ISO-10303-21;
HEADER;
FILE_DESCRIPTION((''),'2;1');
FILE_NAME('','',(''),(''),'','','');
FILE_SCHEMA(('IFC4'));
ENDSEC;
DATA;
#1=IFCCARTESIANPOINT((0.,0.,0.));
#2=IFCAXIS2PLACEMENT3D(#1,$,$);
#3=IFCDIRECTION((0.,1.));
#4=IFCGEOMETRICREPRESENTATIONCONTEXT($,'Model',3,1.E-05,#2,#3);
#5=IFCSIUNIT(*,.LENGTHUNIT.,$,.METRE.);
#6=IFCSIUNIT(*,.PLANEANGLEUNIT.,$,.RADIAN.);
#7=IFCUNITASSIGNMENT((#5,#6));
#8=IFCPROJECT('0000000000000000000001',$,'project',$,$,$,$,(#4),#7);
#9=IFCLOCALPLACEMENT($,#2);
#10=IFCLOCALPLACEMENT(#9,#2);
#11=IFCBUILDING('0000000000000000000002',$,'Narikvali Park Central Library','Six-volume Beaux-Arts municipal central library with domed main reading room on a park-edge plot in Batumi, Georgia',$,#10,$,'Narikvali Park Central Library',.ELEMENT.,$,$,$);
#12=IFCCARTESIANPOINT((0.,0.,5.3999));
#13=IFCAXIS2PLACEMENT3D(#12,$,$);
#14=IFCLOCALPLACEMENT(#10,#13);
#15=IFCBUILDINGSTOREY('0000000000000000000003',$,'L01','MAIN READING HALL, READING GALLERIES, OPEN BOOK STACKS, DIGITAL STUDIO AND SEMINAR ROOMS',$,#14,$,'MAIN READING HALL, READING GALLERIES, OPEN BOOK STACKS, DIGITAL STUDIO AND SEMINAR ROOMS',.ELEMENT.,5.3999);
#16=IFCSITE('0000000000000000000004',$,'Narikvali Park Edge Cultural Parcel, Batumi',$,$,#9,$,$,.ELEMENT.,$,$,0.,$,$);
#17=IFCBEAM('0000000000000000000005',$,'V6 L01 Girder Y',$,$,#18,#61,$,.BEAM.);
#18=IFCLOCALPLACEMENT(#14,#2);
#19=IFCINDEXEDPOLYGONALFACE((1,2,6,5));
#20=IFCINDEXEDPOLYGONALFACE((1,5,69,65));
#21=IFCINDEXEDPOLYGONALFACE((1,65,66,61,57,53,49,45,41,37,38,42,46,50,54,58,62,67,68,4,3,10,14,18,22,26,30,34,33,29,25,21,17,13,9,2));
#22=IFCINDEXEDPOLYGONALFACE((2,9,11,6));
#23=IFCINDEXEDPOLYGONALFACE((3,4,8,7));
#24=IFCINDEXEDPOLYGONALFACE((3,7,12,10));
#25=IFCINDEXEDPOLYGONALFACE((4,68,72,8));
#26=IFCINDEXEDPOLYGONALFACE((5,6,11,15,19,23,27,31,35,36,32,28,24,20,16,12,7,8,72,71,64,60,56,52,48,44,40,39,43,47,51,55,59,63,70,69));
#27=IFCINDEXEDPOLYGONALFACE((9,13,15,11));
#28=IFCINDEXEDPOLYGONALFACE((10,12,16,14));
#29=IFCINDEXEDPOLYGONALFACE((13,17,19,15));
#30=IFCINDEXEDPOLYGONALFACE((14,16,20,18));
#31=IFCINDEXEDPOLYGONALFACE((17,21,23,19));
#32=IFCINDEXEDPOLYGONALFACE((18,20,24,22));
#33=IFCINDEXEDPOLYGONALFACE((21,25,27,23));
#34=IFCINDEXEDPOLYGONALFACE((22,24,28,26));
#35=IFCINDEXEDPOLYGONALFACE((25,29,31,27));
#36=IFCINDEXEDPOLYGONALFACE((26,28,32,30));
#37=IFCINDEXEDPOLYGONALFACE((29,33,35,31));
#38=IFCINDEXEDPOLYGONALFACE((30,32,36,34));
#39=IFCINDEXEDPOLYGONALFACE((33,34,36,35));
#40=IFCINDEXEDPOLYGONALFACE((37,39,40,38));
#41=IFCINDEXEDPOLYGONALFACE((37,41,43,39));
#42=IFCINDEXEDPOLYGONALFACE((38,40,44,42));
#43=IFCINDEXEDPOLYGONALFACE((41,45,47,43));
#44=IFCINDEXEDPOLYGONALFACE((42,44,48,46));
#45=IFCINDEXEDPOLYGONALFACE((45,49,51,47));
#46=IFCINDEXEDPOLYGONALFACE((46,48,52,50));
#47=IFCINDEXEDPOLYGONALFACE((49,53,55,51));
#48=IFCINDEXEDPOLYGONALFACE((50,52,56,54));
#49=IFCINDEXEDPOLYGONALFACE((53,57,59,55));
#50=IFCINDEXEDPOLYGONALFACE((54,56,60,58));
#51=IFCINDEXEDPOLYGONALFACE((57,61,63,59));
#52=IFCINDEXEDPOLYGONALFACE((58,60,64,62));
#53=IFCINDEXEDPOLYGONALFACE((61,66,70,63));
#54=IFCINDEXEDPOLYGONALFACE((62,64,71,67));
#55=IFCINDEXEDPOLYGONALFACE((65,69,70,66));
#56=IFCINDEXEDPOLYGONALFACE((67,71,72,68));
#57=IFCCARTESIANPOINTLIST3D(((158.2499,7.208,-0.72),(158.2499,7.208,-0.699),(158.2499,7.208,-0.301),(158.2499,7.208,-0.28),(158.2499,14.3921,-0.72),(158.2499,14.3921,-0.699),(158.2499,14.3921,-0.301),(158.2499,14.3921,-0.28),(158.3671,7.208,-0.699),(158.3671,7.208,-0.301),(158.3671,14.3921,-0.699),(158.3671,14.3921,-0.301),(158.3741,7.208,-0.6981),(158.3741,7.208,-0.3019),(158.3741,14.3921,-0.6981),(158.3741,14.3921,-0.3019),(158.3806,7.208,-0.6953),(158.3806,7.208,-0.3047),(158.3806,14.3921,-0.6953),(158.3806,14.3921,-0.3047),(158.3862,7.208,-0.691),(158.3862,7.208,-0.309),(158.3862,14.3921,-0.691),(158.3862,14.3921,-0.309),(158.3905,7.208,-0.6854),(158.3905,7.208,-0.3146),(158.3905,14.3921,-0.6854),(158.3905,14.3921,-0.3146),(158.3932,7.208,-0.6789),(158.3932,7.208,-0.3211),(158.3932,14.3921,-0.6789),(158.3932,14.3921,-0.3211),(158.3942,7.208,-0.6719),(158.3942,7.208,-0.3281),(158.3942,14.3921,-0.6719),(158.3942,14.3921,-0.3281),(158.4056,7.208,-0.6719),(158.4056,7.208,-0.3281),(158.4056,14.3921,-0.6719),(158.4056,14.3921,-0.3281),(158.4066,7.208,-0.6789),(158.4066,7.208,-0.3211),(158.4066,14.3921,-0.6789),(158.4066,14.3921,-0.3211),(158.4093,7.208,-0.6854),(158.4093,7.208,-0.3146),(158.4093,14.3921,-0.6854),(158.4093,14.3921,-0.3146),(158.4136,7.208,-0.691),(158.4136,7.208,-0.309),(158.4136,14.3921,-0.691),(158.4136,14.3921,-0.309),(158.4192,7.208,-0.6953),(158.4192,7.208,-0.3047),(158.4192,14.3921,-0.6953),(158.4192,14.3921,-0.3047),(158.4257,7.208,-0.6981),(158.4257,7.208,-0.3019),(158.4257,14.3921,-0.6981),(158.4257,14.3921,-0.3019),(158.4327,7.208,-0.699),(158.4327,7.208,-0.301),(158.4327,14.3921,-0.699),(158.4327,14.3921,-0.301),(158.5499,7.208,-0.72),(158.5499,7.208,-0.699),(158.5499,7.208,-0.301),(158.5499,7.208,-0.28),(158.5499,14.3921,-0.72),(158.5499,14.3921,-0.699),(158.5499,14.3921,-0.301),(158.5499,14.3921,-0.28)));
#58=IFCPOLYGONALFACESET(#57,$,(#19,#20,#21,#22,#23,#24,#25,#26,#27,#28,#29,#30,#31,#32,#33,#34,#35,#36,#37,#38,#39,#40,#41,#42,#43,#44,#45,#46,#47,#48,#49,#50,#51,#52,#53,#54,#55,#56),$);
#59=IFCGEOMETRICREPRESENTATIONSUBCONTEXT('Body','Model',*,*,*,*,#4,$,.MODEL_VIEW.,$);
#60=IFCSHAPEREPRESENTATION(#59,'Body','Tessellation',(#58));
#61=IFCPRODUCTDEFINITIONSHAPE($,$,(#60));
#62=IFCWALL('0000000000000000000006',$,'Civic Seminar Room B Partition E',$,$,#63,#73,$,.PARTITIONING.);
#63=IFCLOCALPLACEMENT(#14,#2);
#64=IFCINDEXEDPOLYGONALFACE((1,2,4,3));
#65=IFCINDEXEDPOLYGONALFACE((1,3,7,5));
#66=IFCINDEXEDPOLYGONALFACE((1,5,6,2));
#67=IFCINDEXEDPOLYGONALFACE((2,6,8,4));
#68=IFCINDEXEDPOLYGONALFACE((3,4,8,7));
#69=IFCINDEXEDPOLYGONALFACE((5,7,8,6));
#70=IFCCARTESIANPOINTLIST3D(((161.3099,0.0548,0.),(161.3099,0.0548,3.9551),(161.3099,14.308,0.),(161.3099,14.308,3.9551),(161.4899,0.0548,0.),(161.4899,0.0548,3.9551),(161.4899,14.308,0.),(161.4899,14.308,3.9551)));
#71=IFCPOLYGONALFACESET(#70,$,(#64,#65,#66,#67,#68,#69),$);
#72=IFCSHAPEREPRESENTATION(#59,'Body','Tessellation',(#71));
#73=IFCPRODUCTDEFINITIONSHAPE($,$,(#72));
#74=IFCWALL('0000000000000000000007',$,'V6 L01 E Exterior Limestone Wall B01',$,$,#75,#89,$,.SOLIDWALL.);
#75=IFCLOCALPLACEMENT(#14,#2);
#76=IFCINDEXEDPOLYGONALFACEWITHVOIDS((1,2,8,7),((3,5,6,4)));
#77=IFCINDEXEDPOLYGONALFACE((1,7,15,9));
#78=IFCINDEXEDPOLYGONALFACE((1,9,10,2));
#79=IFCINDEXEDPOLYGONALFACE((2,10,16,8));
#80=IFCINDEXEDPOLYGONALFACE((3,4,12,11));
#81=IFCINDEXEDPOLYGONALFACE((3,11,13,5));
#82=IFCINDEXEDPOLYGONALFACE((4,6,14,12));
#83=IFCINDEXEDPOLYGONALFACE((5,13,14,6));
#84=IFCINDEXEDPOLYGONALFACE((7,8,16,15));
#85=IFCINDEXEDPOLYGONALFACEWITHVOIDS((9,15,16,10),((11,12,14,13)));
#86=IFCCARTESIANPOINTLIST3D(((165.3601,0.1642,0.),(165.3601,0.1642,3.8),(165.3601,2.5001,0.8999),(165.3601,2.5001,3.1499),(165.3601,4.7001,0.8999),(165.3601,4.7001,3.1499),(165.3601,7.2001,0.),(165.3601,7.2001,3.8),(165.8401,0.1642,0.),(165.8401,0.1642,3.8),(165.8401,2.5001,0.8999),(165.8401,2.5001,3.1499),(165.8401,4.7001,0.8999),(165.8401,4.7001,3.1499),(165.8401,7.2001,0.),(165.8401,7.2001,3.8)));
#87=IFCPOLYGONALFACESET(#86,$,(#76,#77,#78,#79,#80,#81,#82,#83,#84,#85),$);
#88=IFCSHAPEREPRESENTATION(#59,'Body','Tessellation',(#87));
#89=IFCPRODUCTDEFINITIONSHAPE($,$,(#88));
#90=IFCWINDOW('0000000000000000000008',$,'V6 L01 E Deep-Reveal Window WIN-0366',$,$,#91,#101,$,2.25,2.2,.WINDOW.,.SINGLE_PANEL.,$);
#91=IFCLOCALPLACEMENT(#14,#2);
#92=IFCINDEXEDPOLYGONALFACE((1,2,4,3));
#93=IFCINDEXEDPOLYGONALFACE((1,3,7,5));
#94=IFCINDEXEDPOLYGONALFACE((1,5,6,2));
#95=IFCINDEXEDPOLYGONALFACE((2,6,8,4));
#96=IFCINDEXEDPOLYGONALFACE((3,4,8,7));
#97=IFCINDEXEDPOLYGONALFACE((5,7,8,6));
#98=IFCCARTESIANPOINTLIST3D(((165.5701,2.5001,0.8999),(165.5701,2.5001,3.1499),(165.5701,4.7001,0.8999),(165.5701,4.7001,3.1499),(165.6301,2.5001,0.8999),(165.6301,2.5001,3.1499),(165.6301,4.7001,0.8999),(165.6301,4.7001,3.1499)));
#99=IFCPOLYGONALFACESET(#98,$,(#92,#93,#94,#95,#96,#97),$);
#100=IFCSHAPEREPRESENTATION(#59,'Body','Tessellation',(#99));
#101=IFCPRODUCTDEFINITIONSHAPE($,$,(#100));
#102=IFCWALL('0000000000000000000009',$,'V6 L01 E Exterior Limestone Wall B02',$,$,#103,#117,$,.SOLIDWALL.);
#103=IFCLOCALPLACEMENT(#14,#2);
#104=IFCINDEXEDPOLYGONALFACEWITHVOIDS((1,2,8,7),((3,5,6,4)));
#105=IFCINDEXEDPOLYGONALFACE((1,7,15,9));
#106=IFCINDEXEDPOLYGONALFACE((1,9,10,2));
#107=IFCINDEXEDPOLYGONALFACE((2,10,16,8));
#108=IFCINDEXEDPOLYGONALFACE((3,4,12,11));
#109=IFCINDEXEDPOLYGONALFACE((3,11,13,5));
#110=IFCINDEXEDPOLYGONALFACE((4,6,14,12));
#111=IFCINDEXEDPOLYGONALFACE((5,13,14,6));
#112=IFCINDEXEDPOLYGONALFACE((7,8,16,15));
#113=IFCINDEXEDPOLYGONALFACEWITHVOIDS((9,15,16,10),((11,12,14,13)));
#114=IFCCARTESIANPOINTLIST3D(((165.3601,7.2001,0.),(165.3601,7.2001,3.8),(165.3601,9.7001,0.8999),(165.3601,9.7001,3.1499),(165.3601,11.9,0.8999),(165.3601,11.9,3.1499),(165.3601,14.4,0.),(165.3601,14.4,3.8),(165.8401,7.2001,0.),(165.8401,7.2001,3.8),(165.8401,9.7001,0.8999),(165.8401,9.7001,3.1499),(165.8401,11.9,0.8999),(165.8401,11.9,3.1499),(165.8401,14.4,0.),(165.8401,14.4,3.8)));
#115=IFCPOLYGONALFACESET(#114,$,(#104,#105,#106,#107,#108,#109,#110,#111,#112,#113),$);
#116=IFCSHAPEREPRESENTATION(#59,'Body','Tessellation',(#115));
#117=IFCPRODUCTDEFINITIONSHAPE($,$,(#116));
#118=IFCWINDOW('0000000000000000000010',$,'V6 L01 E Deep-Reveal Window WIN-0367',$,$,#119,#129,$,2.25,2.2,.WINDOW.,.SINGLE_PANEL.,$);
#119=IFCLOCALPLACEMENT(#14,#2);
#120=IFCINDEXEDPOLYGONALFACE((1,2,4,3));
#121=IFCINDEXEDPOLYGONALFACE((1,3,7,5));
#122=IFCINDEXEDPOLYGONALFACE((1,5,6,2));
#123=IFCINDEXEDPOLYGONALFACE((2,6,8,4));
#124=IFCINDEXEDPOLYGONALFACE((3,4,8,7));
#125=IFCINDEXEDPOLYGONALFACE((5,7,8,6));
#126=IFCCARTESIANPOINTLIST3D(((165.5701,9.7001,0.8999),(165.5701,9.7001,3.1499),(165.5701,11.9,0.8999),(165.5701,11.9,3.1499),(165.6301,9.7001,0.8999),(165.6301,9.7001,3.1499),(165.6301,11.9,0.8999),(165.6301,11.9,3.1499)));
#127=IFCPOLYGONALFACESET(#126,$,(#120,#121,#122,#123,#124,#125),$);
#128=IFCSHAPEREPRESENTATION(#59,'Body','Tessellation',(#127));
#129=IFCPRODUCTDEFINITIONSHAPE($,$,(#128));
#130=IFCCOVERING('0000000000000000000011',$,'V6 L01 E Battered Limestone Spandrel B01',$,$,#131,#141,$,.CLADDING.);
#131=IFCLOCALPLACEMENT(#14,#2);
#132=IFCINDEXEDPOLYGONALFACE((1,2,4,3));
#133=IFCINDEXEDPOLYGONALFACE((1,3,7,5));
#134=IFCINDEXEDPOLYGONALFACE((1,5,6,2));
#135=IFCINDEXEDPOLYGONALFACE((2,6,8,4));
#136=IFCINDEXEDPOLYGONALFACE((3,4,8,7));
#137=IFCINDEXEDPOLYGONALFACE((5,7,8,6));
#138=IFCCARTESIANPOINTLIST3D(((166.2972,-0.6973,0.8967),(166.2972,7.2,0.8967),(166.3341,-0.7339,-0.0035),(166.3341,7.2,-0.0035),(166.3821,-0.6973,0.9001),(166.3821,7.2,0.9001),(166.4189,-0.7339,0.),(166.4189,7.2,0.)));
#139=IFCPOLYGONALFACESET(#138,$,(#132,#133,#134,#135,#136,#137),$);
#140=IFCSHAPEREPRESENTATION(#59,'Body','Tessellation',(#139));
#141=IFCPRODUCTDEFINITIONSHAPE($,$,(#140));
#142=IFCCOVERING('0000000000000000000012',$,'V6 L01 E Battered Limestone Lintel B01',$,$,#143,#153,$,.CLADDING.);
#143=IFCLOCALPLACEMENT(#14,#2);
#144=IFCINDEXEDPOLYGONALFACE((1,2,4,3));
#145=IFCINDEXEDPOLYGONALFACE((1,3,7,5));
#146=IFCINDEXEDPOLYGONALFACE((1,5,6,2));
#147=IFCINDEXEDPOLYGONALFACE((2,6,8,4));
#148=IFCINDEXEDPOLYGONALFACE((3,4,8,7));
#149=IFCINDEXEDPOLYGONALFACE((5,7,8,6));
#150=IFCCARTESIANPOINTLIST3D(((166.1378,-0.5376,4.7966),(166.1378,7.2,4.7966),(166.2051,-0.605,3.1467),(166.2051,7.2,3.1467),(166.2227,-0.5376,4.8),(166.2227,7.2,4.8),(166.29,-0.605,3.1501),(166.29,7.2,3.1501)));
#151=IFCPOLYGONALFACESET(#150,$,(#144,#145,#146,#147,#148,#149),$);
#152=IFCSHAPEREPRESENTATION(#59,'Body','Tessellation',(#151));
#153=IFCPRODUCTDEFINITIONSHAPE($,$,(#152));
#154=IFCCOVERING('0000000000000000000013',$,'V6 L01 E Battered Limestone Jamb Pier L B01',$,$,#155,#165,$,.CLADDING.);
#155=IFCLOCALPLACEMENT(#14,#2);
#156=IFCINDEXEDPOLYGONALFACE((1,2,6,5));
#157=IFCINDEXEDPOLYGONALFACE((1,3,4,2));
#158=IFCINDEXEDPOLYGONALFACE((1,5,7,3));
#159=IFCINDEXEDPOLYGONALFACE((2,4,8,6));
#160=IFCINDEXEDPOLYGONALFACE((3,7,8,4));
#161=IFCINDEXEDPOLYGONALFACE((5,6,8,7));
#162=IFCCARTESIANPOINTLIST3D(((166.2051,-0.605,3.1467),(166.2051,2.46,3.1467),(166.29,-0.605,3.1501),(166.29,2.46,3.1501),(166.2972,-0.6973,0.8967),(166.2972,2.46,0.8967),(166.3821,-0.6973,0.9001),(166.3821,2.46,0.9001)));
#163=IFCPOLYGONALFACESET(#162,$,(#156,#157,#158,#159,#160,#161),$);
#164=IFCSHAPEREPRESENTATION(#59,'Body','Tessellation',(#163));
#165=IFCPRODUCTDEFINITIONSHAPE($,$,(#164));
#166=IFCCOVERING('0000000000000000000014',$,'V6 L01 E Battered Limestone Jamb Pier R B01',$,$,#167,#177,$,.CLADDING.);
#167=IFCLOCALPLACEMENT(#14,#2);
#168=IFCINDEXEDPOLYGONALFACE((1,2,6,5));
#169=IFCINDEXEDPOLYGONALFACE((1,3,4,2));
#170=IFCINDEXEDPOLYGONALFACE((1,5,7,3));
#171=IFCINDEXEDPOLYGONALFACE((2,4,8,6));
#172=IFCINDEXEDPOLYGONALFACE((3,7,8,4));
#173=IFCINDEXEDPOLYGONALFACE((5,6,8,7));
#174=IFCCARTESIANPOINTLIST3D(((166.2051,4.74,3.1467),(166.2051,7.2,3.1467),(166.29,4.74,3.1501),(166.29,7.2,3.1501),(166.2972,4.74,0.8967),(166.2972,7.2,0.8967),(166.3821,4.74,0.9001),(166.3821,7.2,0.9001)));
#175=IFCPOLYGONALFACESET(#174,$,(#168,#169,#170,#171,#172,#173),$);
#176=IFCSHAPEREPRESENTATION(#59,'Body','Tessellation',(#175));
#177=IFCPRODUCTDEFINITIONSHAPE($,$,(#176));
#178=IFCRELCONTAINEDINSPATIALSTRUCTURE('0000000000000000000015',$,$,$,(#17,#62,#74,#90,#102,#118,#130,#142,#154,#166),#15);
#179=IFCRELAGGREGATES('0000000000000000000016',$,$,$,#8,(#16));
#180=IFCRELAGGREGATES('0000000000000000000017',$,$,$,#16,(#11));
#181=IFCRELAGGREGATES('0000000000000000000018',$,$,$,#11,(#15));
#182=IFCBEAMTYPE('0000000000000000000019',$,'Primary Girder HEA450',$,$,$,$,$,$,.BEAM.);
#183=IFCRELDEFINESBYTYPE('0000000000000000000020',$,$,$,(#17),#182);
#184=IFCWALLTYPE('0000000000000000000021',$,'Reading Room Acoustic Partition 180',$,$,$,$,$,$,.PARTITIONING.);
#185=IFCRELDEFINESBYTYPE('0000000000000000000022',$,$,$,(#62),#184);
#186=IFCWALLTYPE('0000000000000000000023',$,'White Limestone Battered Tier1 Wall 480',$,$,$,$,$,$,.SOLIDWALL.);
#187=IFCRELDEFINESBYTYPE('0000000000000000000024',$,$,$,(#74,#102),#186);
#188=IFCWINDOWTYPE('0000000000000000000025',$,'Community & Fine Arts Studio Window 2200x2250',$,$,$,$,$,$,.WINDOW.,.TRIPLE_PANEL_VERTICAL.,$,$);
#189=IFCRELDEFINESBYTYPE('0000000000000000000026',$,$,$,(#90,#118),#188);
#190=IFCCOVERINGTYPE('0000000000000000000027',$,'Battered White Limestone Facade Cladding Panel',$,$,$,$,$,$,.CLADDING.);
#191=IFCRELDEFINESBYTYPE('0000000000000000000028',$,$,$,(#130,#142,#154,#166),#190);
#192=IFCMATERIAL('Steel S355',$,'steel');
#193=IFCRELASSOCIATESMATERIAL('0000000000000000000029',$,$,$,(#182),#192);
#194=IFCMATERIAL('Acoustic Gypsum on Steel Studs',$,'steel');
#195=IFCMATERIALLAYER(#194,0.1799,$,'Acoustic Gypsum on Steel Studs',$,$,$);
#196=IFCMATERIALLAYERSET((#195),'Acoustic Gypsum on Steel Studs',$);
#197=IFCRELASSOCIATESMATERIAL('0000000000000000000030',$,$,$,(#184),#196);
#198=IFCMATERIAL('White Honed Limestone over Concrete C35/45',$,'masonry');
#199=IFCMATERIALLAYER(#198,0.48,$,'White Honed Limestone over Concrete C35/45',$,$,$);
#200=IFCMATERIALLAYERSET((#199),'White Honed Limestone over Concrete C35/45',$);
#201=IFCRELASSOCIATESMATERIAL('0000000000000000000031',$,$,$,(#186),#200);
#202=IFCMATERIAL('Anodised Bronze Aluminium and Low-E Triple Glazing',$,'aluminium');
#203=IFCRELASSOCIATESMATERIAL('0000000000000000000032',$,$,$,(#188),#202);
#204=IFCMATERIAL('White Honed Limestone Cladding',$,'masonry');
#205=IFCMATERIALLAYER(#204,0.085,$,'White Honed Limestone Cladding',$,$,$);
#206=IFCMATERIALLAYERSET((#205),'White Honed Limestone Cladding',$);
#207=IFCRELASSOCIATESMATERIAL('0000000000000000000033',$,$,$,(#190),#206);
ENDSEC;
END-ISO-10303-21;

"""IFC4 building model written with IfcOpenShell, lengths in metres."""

from ifc_helpers import new_model, si_unit, direction, frame, frame_2d, origin, origin_2d, place, context, subcontext, project, spatial, polyline, rectangle, i_section, outline, extrude, material, layer, layer_set, material_profile, profile_set, type_object, element, fill, save


model = new_model("IFC4")

# Units and contexts
model_context = context("Model", 3, precision=1e-05, world=origin(), true_north=direction((0.0, 1.0)))
body_context = subcontext(model_context, "Body", "Model", "MODEL_VIEW")
ifc_project = project(units=[si_unit("LENGTHUNIT", "METRE"), si_unit("PLANEANGLEUNIT", "RADIAN")], contexts=[model_context])

# Site, building, storey
site_placement = place(None, origin())
site = spatial("IfcSite", under=ifc_project, at=site_placement, Name="Narikvali Park Edge Cultural Parcel, Batumi", CompositionType="ELEMENT", RefElevation=0.0)
building_placement = place(site_placement, origin())
building = spatial("IfcBuilding", under=site, at=building_placement, Name="Narikvali Park Central Library", Description="Six-volume Beaux-Arts municipal central library with domed main reading room on a park-edge plot in Batumi, Georgia", LongName="Narikvali Park Central Library", CompositionType="ELEMENT")
storey_placement = place(building_placement, frame((0.0, 0.0, 5.3999)))
storey = spatial("IfcBuildingStorey", under=building, at=storey_placement, Name="L01", Description="MAIN READING HALL, READING GALLERIES, OPEN BOOK STACKS, DIGITAL STUDIO AND SEMINAR ROOMS", LongName="MAIN READING HALL, READING GALLERIES, OPEN BOOK STACKS, DIGITAL STUDIO AND SEMINAR ROOMS", CompositionType="ELEMENT", Elevation=5.3999)

# Shared definitions
ifc_material_1 = material(Name="Steel S355", Category="steel")

# Beam
ifc_material_profile_1 = material_profile(ifc_material_1, i_section(OverallWidth=0.3, OverallDepth=0.4399, WebThickness=0.0115, FlangeThickness=0.021, FilletRadius=0.0271, at=origin_2d()), Name="HEA 450")
ifc_profile_set_1 = profile_set([ifc_material_profile_1], Name="Steel S355")
beam_type_1 = type_object("IfcBeamType", Name="Primary Girder HEA450", PredefinedType="BEAM", material=ifc_profile_set_1)
beam_1_placement = place(storey_placement, frame((158.3999, 7.208, -0.5), z_axis=(0.0, 1.0, 0.0), x_axis=(-1.0, 0.0, 0.0)))
element("IfcBeam", 1, at=beam_1_placement, inside=storey, type_object=beam_type_1, Name="V6 L01 Girder Y", PredefinedType="BEAM", context=body_context, shape_type="SweptSolid", body=[
    extrude(i_section(OverallWidth=0.3, OverallDepth=0.4399, WebThickness=0.0115, FlangeThickness=0.021, FilletRadius=0.0271, at=origin_2d()), origin(), (0.0, 0.0, 1.0), 7.1841),
])

# Wall
ifc_material_2 = material(Name="Acoustic Gypsum on Steel Studs", Category="steel")
ifc_layer_1 = layer(ifc_material_2, 0.1799, Name="Acoustic Gypsum on Steel Studs")
ifc_layer_set_1 = layer_set([ifc_layer_1], Name="Acoustic Gypsum on Steel Studs")
wall_type_1 = type_object("IfcWallType", Name="Reading Room Acoustic Partition 180", PredefinedType="PARTITIONING", material=ifc_layer_set_1)
wall_1_placement = place(storey_placement, frame((161.3999, 0.0549, 0.0), z_axis=(0.0, 0.0, 1.0), x_axis=(0.0, 1.0, 0.0)))
element("IfcWall", 2, at=wall_1_placement, inside=storey, type_object=wall_type_1, Name="Civic Seminar Room B Partition E", PredefinedType="PARTITIONING", context=body_context, shape_type="SweptSolid", body=[
    extrude(rectangle(XDim=14.2532, YDim=0.1799, at=frame_2d((7.1265, 0.0))), origin(), (0.0, 0.0, 1.0), 3.9551),
])

# Walls, openings, windows
ifc_material_3 = material(Name="White Honed Limestone over Concrete C35/45", Category="masonry")
ifc_layer_2 = layer(ifc_material_3, 0.48, Name="White Honed Limestone over Concrete C35/45")
ifc_layer_set_2 = layer_set([ifc_layer_2], Name="White Honed Limestone over Concrete C35/45")
wall_type_2 = type_object("IfcWallType", Name="White Limestone Battered Tier1 Wall 480", PredefinedType="SOLIDWALL", material=ifc_layer_set_2)
wall_2_placement = place(storey_placement, frame((165.6001, 0.1641, 0.0), z_axis=(0.0, 0.0, 1.0), x_axis=(0.0, 1.0, 0.0)))
wall_2 = element("IfcWall", 3, at=wall_2_placement, inside=storey, type_object=wall_type_2, Name="V6 L01 E Exterior Limestone Wall B01", PredefinedType="SOLIDWALL", context=body_context, shape_type="SweptSolid", body=[
    extrude(rectangle(XDim=7.0359, YDim=0.48, at=frame_2d((3.5181, 0.0))), origin(), (0.0, 0.0, 1.0), 3.8),
])
opening_1_placement = place(wall_2_placement, frame((2.3359, 0.0, 0.8999)))
opening_1 = element("IfcOpeningElement", 4, at=opening_1_placement, cuts=wall_2, PredefinedType="OPENING", context=body_context, shape_type="SweptSolid", body=[
    extrude(rectangle(XDim=2.2, YDim=2.25, at=frame_2d((1.1001, 1.125))), frame((0.0, 0.252, 0.0), z_axis=(0.0, -1.0, 0.0), x_axis=(1.0, 0.0, 0.0)), (0.0, 0.0, 1.0), 0.5039),
])
ifc_material_4 = material(Name="Anodised Bronze Aluminium and Low-E Triple Glazing", Category="aluminium")
window_type = type_object("IfcWindowType", Name="Community & Fine Arts Studio Window 2200x2250", PartitioningType="TRIPLE_PANEL_VERTICAL", PredefinedType="WINDOW", material=ifc_material_4)
window_1_placement = place(opening_1_placement, origin())
window_1 = element("IfcWindow", 5, at=window_1_placement, inside=storey, type_object=window_type, Name="V6 L01 E Deep-Reveal Window WIN-0366", OverallHeight=2.25, OverallWidth=2.2, PartitioningType="SINGLE_PANEL", PredefinedType="WINDOW", context=body_context, shape_type="SweptSolid", body=[
    extrude(rectangle(XDim=2.2, YDim=2.25, at=frame_2d((1.1001, 1.125))), frame((0.0, 0.03, 0.0), z_axis=(0.0, -1.0, 0.0), x_axis=(1.0, 0.0, 0.0)), (0.0, 0.0, 1.0), 0.0601),
])
fill(opening_1, window_1)
wall_3_placement = place(storey_placement, frame((165.6001, 7.2, 0.0), z_axis=(0.0, 0.0, 1.0), x_axis=(0.0, 1.0, 0.0)))
wall_3 = element("IfcWall", 6, at=wall_3_placement, inside=storey, type_object=wall_type_2, Name="V6 L01 E Exterior Limestone Wall B02", PredefinedType="SOLIDWALL", context=body_context, shape_type="SweptSolid", body=[
    extrude(rectangle(XDim=7.2, YDim=0.48, at=frame_2d((3.6001, 0.0))), origin(), (0.0, 0.0, 1.0), 3.8),
])
opening_2_placement = place(wall_3_placement, frame((2.5, 0.0, 0.8999)))
opening_2 = element("IfcOpeningElement", 7, at=opening_2_placement, cuts=wall_3, PredefinedType="OPENING", context=body_context, shape_type="SweptSolid", body=[
    extrude(rectangle(XDim=2.2, YDim=2.25, at=frame_2d((1.1001, 1.125))), frame((0.0, 0.252, 0.0), z_axis=(0.0, -1.0, 0.0), x_axis=(1.0, 0.0, 0.0)), (0.0, 0.0, 1.0), 0.5039),
])
window_2_placement = place(opening_2_placement, origin())
window_2 = element("IfcWindow", 8, at=window_2_placement, inside=storey, type_object=window_type, Name="V6 L01 E Deep-Reveal Window WIN-0367", OverallHeight=2.25, OverallWidth=2.2, PartitioningType="SINGLE_PANEL", PredefinedType="WINDOW", context=body_context, shape_type="SweptSolid", body=[
    extrude(rectangle(XDim=2.2, YDim=2.25, at=frame_2d((1.1001, 1.125))), frame((0.0, 0.03, 0.0), z_axis=(0.0, -1.0, 0.0), x_axis=(1.0, 0.0, 0.0)), (0.0, 0.0, 1.0), 0.0601),
])
fill(opening_2, window_2)

# Coverings
ifc_material_5 = material(Name="White Honed Limestone Cladding", Category="masonry")
ifc_layer_3 = layer(ifc_material_5, 0.085, Name="White Honed Limestone Cladding")
ifc_layer_set_3 = layer_set([ifc_layer_3], Name="White Honed Limestone Cladding")
covering_type = type_object("IfcCoveringType", Name="Battered White Limestone Facade Cladding Panel", PredefinedType="CLADDING", material=ifc_layer_set_3)
covering_1_placement = place(storey_placement, frame((166.4189, -0.7339, 0.0), z_axis=(0.999162, 0.0, 0.04092), x_axis=(0.0, 1.0, 0.0)))
element("IfcCovering", 9, at=covering_1_placement, inside=storey, type_object=covering_type, Name="V6 L01 E Battered Limestone Spandrel B01", PredefinedType="CLADDING", context=body_context, shape_type="SweptSolid", body=[
    extrude(outline(polyline([(0.0, 0.0), (7.9338, 0.0), (7.9338, 0.9009), (0.0366, 0.9009), (0.0, 0.0)])), origin(), (0.0, 0.0, -1.0), 0.085),
])
covering_2_placement = place(storey_placement, frame((166.29, -0.605, 3.1501), z_axis=(0.999167, 0.0, 0.040806), x_axis=(0.0, 1.0, 0.0)))
element("IfcCovering", 10, at=covering_2_placement, inside=storey, type_object=covering_type, Name="V6 L01 E Battered Limestone Lintel B01", PredefinedType="CLADDING", context=body_context, shape_type="SweptSolid", body=[
    extrude(outline(polyline([(0.0, 0.0), (7.8049, 0.0), (7.8049, 1.6513), (0.0674, 1.6513), (0.0, 0.0)])), origin(), (0.0, 0.0, -1.0), 0.085),
])
covering_3_placement = place(storey_placement, frame((166.3821, -0.6973, 0.9001), z_axis=(0.999164, 0.0, 0.040873), x_axis=(0.0, 1.0, 0.0)))
element("IfcCovering", 11, at=covering_3_placement, inside=storey, type_object=covering_type, Name="V6 L01 E Battered Limestone Jamb Pier L B01", PredefinedType="CLADDING", context=body_context, shape_type="SweptSolid", body=[
    extrude(outline(polyline([(0.0, 0.0), (3.1572, 0.0), (3.1572, 2.2519), (0.0923, 2.2519), (0.0, 0.0)])), origin(), (0.0, 0.0, -1.0), 0.085),
])
covering_4_placement = place(storey_placement, frame((166.3821, 4.74, 0.9001), z_axis=(0.999164, 0.0, 0.040873), x_axis=(0.0, 1.0, 0.0)))
element("IfcCovering", 12, at=covering_4_placement, inside=storey, type_object=covering_type, Name="V6 L01 E Battered Limestone Jamb Pier R B01", PredefinedType="CLADDING", context=body_context, shape_type="SweptSolid", body=[
    extrude(outline(polyline([(0.0, 0.0), (2.46, 0.0), (2.46, 2.2519), (0.0, 2.2519), (0.0, 0.0)])), origin(), (0.0, 0.0, -1.0), 0.085),
])

save(model, "model.ifc")
